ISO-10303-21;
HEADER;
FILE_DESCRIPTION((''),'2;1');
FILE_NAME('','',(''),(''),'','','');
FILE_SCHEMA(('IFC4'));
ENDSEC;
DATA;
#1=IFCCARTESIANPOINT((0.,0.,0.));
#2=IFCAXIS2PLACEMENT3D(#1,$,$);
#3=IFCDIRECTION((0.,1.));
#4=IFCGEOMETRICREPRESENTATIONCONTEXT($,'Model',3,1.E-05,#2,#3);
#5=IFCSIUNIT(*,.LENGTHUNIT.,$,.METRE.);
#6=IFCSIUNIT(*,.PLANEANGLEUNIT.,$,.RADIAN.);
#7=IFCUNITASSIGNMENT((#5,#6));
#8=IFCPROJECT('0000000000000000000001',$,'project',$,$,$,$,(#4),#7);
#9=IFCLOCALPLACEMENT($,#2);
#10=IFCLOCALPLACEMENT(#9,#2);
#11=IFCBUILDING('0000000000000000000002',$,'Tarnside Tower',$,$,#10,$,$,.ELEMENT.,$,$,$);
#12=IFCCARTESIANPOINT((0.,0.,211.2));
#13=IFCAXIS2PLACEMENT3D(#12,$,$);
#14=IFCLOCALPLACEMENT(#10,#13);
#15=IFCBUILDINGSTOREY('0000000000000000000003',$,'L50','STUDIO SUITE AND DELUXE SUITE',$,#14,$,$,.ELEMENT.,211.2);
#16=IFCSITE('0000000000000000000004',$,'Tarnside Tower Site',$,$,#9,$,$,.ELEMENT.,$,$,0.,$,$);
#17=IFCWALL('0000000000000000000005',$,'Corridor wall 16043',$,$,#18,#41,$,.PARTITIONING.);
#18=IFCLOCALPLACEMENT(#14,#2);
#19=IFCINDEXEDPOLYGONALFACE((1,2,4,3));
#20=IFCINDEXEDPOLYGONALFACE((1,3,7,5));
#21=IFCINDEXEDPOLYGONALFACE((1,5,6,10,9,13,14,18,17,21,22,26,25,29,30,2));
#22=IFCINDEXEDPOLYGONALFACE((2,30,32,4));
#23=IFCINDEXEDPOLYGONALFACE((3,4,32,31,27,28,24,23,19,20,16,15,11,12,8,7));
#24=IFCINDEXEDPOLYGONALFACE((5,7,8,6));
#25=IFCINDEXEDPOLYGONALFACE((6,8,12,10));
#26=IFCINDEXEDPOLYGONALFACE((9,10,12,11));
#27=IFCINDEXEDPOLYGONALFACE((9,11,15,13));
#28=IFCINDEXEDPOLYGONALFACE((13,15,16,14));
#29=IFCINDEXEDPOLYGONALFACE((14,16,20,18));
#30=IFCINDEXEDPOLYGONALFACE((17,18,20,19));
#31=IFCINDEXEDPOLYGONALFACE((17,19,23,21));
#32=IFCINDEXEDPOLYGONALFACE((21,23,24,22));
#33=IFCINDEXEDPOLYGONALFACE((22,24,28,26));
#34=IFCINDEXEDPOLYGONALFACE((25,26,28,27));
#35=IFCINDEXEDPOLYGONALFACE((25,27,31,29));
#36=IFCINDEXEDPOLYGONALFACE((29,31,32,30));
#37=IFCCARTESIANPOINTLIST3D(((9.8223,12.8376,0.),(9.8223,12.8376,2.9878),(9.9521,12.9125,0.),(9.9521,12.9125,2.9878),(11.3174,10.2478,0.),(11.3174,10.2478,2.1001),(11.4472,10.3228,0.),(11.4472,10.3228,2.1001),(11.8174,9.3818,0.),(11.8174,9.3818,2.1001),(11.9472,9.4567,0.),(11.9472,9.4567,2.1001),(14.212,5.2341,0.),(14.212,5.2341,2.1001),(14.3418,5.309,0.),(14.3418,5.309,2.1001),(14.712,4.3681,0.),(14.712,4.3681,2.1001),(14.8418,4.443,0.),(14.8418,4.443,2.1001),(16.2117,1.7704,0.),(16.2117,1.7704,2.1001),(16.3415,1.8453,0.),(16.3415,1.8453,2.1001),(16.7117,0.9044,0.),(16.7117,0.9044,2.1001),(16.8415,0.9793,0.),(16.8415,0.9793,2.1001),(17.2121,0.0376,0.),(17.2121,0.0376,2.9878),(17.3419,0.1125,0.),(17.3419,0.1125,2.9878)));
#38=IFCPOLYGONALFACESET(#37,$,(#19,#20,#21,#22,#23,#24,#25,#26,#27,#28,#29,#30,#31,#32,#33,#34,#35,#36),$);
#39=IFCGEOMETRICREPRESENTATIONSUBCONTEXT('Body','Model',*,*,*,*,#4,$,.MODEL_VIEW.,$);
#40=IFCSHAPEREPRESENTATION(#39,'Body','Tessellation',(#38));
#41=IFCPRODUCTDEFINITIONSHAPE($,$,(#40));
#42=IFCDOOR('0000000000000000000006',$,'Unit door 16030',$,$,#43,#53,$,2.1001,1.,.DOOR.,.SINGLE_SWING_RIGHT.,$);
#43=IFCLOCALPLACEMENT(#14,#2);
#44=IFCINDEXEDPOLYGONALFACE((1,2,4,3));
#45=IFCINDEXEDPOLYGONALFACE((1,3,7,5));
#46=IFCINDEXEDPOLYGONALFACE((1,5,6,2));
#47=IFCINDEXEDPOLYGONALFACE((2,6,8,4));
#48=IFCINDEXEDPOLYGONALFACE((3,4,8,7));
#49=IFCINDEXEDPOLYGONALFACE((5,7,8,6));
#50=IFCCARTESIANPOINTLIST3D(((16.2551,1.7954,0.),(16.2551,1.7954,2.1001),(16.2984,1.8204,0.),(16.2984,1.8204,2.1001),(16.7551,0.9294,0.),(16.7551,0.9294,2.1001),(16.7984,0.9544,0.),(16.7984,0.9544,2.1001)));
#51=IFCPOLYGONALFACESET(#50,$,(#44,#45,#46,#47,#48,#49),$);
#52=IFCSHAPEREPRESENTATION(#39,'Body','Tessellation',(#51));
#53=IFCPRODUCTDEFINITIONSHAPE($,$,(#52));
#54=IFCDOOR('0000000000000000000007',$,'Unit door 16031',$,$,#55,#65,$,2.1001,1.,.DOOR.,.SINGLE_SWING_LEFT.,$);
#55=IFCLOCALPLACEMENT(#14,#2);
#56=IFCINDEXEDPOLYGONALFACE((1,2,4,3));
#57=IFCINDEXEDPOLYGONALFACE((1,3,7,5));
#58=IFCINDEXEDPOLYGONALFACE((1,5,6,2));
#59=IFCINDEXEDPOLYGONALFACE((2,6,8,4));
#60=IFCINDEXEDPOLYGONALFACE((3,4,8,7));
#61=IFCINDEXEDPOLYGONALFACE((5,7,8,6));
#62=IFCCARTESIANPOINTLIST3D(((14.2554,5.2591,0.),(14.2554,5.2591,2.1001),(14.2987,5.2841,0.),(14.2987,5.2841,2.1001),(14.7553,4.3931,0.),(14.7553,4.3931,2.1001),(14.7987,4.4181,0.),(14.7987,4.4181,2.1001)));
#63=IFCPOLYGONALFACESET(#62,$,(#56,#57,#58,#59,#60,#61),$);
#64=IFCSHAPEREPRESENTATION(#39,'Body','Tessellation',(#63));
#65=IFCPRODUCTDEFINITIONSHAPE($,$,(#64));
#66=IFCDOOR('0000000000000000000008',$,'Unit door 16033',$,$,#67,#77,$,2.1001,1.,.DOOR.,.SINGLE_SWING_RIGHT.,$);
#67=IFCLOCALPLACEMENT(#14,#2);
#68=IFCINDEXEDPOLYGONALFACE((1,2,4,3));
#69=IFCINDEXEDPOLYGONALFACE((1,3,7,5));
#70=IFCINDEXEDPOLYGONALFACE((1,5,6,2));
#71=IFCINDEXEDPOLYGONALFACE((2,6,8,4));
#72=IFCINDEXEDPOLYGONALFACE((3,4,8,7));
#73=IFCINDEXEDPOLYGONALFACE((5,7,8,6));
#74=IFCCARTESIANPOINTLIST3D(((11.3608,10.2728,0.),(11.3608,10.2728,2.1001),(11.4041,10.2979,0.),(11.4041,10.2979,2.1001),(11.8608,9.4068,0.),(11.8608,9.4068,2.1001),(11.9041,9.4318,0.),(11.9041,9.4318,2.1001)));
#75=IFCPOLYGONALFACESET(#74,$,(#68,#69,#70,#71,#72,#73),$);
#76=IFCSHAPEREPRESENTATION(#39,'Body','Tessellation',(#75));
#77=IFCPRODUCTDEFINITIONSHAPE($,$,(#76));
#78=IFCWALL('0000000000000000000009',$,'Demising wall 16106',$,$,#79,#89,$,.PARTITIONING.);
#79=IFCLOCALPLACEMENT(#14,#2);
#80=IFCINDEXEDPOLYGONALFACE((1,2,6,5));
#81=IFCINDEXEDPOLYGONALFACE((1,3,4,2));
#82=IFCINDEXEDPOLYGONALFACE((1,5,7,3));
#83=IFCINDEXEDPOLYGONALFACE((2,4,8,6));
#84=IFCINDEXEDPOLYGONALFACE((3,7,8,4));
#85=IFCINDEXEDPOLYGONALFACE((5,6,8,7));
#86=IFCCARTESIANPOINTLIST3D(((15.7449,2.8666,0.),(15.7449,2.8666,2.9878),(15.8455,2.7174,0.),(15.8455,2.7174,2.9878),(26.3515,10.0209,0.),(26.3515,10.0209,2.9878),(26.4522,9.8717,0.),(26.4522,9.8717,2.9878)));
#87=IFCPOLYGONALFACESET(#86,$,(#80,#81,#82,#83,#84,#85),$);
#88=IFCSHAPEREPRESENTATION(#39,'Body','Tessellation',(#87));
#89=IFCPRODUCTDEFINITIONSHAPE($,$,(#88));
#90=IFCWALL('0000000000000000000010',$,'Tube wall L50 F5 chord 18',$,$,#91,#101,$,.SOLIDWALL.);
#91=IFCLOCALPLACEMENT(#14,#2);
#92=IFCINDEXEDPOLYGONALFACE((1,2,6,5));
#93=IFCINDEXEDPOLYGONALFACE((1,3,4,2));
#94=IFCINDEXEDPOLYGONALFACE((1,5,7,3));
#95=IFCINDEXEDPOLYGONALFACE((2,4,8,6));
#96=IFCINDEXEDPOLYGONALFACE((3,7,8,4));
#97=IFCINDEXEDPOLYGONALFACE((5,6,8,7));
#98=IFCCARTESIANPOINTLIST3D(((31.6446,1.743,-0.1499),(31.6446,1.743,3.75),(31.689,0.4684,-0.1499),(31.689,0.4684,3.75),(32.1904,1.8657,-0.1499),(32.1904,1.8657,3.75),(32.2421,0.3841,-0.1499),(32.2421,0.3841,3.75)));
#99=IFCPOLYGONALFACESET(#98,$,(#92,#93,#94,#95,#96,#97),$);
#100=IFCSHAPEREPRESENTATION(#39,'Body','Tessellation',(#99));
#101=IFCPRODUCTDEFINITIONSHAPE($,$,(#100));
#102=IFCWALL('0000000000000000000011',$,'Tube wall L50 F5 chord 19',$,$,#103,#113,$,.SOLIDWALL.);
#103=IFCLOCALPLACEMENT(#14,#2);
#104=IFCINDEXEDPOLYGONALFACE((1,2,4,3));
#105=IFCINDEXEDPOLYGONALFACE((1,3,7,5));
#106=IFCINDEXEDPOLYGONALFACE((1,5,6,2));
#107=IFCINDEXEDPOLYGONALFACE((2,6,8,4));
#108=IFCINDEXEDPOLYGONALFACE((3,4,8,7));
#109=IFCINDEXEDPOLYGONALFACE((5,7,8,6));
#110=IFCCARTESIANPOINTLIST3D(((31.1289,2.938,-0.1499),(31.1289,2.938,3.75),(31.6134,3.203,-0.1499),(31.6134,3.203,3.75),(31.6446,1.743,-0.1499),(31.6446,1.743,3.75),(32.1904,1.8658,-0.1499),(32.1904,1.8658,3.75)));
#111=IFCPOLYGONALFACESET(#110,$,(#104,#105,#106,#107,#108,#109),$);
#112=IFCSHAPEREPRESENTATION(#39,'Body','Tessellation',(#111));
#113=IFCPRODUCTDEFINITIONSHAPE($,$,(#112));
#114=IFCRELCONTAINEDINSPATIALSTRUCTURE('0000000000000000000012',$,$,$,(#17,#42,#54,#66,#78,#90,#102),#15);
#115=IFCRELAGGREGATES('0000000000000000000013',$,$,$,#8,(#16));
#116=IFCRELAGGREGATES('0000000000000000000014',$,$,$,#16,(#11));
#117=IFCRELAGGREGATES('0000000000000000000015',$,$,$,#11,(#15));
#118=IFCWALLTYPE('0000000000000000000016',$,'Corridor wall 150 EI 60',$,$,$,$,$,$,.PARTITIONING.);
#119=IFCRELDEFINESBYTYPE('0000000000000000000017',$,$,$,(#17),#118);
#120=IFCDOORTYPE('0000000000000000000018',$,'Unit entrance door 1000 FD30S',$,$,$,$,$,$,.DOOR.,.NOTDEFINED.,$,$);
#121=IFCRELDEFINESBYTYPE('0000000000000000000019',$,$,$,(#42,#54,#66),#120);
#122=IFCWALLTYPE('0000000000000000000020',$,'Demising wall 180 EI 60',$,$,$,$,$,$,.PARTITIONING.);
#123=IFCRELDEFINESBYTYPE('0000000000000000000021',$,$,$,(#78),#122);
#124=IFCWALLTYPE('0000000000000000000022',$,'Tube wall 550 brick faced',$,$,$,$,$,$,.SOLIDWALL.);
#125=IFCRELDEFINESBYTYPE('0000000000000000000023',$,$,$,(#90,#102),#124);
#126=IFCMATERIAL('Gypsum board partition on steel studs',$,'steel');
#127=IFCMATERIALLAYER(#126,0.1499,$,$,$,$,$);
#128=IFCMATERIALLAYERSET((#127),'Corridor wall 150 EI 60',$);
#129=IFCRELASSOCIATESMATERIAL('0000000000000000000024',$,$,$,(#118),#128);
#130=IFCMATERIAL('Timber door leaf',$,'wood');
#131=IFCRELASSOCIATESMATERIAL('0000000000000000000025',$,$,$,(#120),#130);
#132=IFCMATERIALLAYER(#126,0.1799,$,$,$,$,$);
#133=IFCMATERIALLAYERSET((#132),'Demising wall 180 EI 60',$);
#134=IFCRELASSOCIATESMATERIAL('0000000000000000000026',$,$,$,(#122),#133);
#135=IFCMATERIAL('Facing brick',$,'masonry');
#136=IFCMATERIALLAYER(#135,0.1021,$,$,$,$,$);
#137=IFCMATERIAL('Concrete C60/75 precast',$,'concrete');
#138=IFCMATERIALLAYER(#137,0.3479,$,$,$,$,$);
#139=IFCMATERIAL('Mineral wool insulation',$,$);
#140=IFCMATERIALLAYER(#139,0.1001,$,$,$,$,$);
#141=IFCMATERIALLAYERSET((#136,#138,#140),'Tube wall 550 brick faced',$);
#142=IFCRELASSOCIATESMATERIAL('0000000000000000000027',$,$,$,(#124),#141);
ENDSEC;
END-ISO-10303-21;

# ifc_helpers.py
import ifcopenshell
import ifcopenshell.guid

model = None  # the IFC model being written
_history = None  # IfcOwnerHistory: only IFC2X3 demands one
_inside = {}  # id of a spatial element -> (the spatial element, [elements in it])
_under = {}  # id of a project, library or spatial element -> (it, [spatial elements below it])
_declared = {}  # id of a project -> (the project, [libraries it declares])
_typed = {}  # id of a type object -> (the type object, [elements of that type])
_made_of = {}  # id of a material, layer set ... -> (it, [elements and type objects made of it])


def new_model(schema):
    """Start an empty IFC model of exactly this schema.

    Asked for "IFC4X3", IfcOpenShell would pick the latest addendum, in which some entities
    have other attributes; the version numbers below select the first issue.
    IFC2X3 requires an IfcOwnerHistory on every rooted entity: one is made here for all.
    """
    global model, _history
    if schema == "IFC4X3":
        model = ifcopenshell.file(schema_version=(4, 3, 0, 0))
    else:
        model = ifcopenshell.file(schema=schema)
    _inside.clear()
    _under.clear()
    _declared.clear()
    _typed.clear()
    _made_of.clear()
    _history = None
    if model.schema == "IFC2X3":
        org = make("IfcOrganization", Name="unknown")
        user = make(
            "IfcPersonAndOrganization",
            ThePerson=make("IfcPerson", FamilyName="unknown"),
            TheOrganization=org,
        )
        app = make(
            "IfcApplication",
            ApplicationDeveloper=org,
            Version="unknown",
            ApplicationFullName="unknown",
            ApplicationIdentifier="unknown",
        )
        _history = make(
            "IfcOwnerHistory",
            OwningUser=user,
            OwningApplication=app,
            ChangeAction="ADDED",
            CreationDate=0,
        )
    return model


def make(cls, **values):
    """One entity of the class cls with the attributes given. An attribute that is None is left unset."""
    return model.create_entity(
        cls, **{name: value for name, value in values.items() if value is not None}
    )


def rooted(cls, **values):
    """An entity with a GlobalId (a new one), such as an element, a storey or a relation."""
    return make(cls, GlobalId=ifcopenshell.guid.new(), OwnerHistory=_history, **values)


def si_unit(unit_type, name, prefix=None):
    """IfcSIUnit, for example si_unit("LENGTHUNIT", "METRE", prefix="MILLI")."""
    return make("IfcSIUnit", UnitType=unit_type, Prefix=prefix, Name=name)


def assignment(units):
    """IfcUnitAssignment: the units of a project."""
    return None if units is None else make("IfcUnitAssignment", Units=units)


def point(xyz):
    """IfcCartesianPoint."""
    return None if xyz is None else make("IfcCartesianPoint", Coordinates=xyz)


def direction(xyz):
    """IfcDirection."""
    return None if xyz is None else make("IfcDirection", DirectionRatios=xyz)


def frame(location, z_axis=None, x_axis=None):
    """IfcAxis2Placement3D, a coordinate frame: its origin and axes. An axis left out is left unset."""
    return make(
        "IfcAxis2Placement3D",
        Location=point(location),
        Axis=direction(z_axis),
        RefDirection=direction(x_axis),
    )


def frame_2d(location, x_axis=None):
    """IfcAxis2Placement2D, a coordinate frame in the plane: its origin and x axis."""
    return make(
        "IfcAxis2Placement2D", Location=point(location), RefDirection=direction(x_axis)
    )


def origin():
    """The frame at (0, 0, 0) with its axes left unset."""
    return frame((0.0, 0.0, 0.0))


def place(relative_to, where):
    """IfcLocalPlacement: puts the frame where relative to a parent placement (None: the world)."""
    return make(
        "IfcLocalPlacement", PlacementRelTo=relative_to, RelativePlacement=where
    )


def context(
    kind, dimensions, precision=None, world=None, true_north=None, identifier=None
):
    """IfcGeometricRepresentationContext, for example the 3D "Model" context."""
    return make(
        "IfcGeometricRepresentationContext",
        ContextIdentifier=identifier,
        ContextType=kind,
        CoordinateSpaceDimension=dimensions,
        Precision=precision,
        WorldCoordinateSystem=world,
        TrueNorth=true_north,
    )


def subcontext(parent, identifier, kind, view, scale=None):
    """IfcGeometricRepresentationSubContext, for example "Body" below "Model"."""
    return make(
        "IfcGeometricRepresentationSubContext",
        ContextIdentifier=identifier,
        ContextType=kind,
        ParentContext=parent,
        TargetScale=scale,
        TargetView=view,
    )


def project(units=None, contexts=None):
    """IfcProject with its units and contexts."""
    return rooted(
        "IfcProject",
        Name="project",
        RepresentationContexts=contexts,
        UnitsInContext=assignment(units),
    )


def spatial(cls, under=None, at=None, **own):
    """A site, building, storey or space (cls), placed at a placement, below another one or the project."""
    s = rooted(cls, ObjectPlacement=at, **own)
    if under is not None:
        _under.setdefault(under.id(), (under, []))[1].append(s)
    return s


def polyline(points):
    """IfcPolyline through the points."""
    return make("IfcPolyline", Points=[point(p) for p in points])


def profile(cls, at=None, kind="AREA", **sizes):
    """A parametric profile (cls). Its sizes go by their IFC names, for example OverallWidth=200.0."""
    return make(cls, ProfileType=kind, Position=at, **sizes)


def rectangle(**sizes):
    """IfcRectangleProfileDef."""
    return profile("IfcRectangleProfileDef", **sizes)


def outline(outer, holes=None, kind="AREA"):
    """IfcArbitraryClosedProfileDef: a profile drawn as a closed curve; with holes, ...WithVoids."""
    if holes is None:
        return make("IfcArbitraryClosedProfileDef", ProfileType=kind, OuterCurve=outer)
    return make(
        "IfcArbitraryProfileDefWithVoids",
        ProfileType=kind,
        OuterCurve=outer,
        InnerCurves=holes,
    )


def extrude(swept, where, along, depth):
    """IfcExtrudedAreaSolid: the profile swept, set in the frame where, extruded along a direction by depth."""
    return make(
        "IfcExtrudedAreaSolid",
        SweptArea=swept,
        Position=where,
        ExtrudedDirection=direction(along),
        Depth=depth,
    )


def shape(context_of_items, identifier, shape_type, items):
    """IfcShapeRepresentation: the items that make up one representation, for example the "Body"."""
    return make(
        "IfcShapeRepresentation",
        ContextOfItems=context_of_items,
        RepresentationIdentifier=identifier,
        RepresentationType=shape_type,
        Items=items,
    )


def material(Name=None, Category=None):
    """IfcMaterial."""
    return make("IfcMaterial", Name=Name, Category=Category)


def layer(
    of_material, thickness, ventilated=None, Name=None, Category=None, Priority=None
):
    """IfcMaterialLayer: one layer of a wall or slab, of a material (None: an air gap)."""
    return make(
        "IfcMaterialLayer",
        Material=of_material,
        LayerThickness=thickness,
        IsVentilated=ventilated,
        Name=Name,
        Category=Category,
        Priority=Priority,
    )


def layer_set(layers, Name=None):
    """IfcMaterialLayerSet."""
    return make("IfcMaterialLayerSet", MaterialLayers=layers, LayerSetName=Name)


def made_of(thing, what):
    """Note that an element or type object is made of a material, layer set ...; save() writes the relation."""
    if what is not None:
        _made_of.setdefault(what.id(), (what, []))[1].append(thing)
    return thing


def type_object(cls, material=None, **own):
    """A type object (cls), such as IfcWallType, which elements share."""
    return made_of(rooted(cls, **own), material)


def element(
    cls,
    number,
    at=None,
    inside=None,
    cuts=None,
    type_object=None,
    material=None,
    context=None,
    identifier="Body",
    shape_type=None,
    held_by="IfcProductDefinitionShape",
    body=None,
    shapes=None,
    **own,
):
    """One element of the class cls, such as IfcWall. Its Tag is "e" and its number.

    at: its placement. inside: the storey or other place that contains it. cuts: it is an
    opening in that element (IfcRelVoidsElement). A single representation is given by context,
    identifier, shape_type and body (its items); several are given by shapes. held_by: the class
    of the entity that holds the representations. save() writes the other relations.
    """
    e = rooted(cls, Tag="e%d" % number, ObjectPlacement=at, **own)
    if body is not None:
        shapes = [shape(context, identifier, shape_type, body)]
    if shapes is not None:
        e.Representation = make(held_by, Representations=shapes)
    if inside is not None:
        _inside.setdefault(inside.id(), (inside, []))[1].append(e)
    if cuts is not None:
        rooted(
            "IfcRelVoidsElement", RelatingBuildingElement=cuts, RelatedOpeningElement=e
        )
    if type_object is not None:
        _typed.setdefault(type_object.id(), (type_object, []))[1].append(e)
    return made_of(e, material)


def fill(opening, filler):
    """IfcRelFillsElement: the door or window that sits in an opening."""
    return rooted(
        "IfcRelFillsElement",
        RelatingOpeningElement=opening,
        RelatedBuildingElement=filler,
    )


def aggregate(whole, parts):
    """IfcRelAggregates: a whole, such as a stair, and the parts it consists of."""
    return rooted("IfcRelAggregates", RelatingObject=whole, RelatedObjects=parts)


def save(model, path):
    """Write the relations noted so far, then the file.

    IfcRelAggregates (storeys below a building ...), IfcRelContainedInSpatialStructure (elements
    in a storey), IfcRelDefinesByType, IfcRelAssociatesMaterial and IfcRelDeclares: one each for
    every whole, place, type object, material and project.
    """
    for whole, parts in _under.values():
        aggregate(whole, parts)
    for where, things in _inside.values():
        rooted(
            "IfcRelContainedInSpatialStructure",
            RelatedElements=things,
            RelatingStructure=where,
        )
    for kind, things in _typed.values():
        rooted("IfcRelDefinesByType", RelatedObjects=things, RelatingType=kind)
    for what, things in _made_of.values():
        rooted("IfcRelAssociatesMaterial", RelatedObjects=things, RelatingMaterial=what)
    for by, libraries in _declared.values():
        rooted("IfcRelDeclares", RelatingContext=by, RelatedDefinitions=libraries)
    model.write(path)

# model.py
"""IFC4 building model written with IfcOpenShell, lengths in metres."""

from ifc_helpers import new_model, si_unit, direction, frame, frame_2d, origin, place, context, subcontext, project, spatial, polyline, rectangle, outline, extrude, material, layer, layer_set, type_object, element, fill, save


model = new_model("IFC4")

# Units and contexts
model_context = context("Model", 3, precision=1e-05, world=origin(), true_north=direction((0.0, 1.0)))
body_context = subcontext(model_context, "Body", "Model", "MODEL_VIEW")
ifc_project = project(units=[si_unit("LENGTHUNIT", "METRE"), si_unit("PLANEANGLEUNIT", "RADIAN")], contexts=[model_context])

# Site, building, storey
site_placement = place(None, origin())
site = spatial("IfcSite", under=ifc_project, at=site_placement, Name="Tarnside Tower Site", CompositionType="ELEMENT", RefElevation=0.0)
building_placement = place(site_placement, origin())
building = spatial("IfcBuilding", under=site, at=building_placement, Name="Tarnside Tower", CompositionType="ELEMENT")
storey_placement = place(building_placement, frame((0.0, 0.0, 211.2)))
storey = spatial("IfcBuildingStorey", under=building, at=storey_placement, Name="L50", Description="STUDIO SUITE AND DELUXE SUITE", CompositionType="ELEMENT", Elevation=211.2)

# Shared definitions
ifc_material_1 = material(Name="Gypsum board partition on steel studs", Category="steel")

# Shared definitions
ifc_material_2 = material(Name="Timber door leaf", Category="wood")

# Wall, openings, doors
ifc_layer_1 = layer(ifc_material_1, 0.1499)
ifc_layer_set_1 = layer_set([ifc_layer_1], Name="Corridor wall 150 EI 60")
wall_type_1 = type_object("IfcWallType", Name="Corridor wall 150 EI 60", PredefinedType="PARTITIONING", material=ifc_layer_set_1)
wall_1_placement = place(storey_placement, frame((17.2771, 0.075, 0.0), z_axis=(0.0, 0.0, 1.0), x_axis=(-0.499989, 0.866032, 0.0)))
wall_1 = element("IfcWall", 1, at=wall_1_placement, inside=storey, type_object=wall_type_1, Name="Corridor wall 16043", PredefinedType="PARTITIONING", context=body_context, shape_type="SweptSolid", body=[
    extrude(rectangle(XDim=14.78, YDim=0.1499, at=frame_2d((7.3901, 0.0))), origin(), (0.0, 0.0, 1.0), 2.9878),
])
opening_1_placement = place(wall_1_placement, frame((1.001, 0.0, 0.0)))
opening_1 = element("IfcOpeningElement", 2, at=opening_1_placement, cuts=wall_1, PredefinedType="OPENING", context=body_context, shape_type="SweptSolid", body=[
    extrude(rectangle(XDim=1.0, YDim=2.1001, at=frame_2d((0.5, 1.05))), frame((0.0, 0.085, 0.0), z_axis=(0.0, -1.0, 0.0), x_axis=(1.0, 0.0, 0.0)), (0.0, 0.0, 1.0), 0.1699),
])
opening_2_placement = place(wall_1_placement, frame((5.0005, 0.0, 0.0)))
opening_2 = element("IfcOpeningElement", 3, at=opening_2_placement, cuts=wall_1, PredefinedType="OPENING", context=body_context, shape_type="SweptSolid", body=[
    extrude(rectangle(XDim=1.0, YDim=2.1001, at=frame_2d((0.5, 1.05))), frame((0.0, 0.085, 0.0), z_axis=(0.0, -1.0, 0.0), x_axis=(1.0, 0.0, 0.0)), (0.0, 0.0, 1.0), 0.1699),
])
opening_3_placement = place(wall_1_placement, frame((10.7898, 0.0, 0.0)))
opening_3 = element("IfcOpeningElement", 4, at=opening_3_placement, cuts=wall_1, PredefinedType="OPENING", context=body_context, shape_type="SweptSolid", body=[
    extrude(rectangle(XDim=1.0, YDim=2.1001, at=frame_2d((0.5, 1.05))), frame((0.0, 0.085, 0.0), z_axis=(0.0, -1.0, 0.0), x_axis=(1.0, 0.0, 0.0)), (0.0, 0.0, 1.0), 0.1699),
])
door_type_1 = type_object("IfcDoorType", Name="Unit entrance door 1000 FD30S", OperationType="NOTDEFINED", PredefinedType="DOOR", material=ifc_material_2)
door_1_placement = place(opening_1_placement, origin())
door_1 = element("IfcDoor", 5, at=door_1_placement, inside=storey, type_object=door_type_1, Name="Unit door 16030", OperationType="SINGLE_SWING_RIGHT", OverallHeight=2.1001, OverallWidth=1.0, PredefinedType="DOOR", context=body_context, shape_type="SweptSolid", body=[
    extrude(rectangle(XDim=1.0, YDim=2.1001, at=frame_2d((0.5, 1.05))), frame((0.0, 0.0249, 0.0), z_axis=(0.0, -1.0, 0.0), x_axis=(1.0, 0.0, 0.0)), (0.0, 0.0, 1.0), 0.05),
])
fill(opening_1, door_1)
door_2_placement = place(opening_2_placement, origin())
door_2 = element("IfcDoor", 6, at=door_2_placement, inside=storey, type_object=door_type_1, Name="Unit door 16031", OperationType="SINGLE_SWING_LEFT", OverallHeight=2.1001, OverallWidth=1.0, PredefinedType="DOOR", context=body_context, shape_type="SweptSolid", body=[
    extrude(rectangle(XDim=1.0, YDim=2.1001, at=frame_2d((0.5, 1.05))), frame((0.0, 0.0249, 0.0), z_axis=(0.0, -1.0, 0.0), x_axis=(1.0, 0.0, 0.0)), (0.0, 0.0, 1.0), 0.05),
])
fill(opening_2, door_2)
door_3_placement = place(opening_3_placement, origin())
door_3 = element("IfcDoor", 7, at=door_3_placement, inside=storey, type_object=door_type_1, Name="Unit door 16033", OperationType="SINGLE_SWING_RIGHT", OverallHeight=2.1001, OverallWidth=1.0, PredefinedType="DOOR", context=body_context, shape_type="SweptSolid", body=[
    extrude(rectangle(XDim=1.0, YDim=2.1001, at=frame_2d((0.5, 1.05))), frame((0.0, 0.0249, 0.0), z_axis=(0.0, -1.0, 0.0), x_axis=(1.0, 0.0, 0.0)), (0.0, 0.0, 1.0), 0.05),
])
fill(opening_3, door_3)

# Walls
ifc_layer_2 = layer(ifc_material_1, 0.1799)
ifc_layer_set_2 = layer_set([ifc_layer_2], Name="Demising wall 180 EI 60")
wall_type_2 = type_object("IfcWallType", Name="Demising wall 180 EI 60", PredefinedType="PARTITIONING", material=ifc_layer_set_2)
wall_2_placement = place(storey_placement, frame((26.4019, 9.9463, 0.0), z_axis=(0.0, 0.0, 1.0), x_axis=(-0.829038, -0.559193, 0.0)))
element("IfcWall", 8, at=wall_2_placement, inside=storey, type_object=wall_type_2, Name="Demising wall 16106", PredefinedType="PARTITIONING", context=body_context, shape_type="SweptSolid", body=[
    extrude(rectangle(XDim=12.7939, YDim=0.1799, at=frame_2d((6.397, 0.0))), origin(), (0.0, 0.0, 1.0), 2.9878),
])
ifc_material_3 = material(Name="Facing brick", Category="masonry")
ifc_layer_3 = layer(ifc_material_3, 0.1021)
ifc_material_4 = material(Name="Concrete C60/75 precast", Category="concrete")
ifc_layer_4 = layer(ifc_material_4, 0.3479)
ifc_material_5 = material(Name="Mineral wool insulation")
ifc_layer_5 = layer(ifc_material_5, 0.1001)
ifc_layer_set_3 = layer_set([ifc_layer_3, ifc_layer_4, ifc_layer_5], Name="Tube wall 550 brick faced")
wall_type_3 = type_object("IfcWallType", Name="Tube wall 550 brick faced", PredefinedType="SOLIDWALL", material=ifc_layer_set_3)
wall_3_placement = place(storey_placement, frame((31.9656, 0.4263, -0.1499), z_axis=(0.0, 0.0, 1.0), x_axis=(-0.034877, 0.999392, 0.0)))
element("IfcWall", 9, at=wall_3_placement, inside=storey, type_object=wall_type_3, Name="Tube wall L50 F5 chord 18", PredefinedType="SOLIDWALL", context=body_context, shape_type="SweptSolid", body=[
    extrude(outline(polyline([(-0.0518, -0.2749), (1.4307, -0.2749), (1.3271, 0.2749), (0.0518, 0.2749), (-0.0518, -0.2749)])), origin(), (0.0, 0.0, 1.0), 3.8999),
])
wall_4_placement = place(storey_placement, frame((31.9175, 1.8044, -0.1499), z_axis=(0.0, 0.0, 1.0), x_axis=(-0.396226, 0.918153, 0.0)))
element("IfcWall", 10, at=wall_4_placement, inside=storey, type_object=wall_type_3, Name="Tube wall L50 F5 chord 19", PredefinedType="SOLIDWALL", context=body_context, shape_type="SweptSolid", body=[
    extrude(outline(polyline([(-0.0518, -0.2749), (1.4045, -0.2749), (1.3533, 0.2749), (0.0518, 0.2749), (-0.0518, -0.2749)])), origin(), (0.0, 0.0, 1.0), 3.8999),
])

save(model, "model.ifc")
